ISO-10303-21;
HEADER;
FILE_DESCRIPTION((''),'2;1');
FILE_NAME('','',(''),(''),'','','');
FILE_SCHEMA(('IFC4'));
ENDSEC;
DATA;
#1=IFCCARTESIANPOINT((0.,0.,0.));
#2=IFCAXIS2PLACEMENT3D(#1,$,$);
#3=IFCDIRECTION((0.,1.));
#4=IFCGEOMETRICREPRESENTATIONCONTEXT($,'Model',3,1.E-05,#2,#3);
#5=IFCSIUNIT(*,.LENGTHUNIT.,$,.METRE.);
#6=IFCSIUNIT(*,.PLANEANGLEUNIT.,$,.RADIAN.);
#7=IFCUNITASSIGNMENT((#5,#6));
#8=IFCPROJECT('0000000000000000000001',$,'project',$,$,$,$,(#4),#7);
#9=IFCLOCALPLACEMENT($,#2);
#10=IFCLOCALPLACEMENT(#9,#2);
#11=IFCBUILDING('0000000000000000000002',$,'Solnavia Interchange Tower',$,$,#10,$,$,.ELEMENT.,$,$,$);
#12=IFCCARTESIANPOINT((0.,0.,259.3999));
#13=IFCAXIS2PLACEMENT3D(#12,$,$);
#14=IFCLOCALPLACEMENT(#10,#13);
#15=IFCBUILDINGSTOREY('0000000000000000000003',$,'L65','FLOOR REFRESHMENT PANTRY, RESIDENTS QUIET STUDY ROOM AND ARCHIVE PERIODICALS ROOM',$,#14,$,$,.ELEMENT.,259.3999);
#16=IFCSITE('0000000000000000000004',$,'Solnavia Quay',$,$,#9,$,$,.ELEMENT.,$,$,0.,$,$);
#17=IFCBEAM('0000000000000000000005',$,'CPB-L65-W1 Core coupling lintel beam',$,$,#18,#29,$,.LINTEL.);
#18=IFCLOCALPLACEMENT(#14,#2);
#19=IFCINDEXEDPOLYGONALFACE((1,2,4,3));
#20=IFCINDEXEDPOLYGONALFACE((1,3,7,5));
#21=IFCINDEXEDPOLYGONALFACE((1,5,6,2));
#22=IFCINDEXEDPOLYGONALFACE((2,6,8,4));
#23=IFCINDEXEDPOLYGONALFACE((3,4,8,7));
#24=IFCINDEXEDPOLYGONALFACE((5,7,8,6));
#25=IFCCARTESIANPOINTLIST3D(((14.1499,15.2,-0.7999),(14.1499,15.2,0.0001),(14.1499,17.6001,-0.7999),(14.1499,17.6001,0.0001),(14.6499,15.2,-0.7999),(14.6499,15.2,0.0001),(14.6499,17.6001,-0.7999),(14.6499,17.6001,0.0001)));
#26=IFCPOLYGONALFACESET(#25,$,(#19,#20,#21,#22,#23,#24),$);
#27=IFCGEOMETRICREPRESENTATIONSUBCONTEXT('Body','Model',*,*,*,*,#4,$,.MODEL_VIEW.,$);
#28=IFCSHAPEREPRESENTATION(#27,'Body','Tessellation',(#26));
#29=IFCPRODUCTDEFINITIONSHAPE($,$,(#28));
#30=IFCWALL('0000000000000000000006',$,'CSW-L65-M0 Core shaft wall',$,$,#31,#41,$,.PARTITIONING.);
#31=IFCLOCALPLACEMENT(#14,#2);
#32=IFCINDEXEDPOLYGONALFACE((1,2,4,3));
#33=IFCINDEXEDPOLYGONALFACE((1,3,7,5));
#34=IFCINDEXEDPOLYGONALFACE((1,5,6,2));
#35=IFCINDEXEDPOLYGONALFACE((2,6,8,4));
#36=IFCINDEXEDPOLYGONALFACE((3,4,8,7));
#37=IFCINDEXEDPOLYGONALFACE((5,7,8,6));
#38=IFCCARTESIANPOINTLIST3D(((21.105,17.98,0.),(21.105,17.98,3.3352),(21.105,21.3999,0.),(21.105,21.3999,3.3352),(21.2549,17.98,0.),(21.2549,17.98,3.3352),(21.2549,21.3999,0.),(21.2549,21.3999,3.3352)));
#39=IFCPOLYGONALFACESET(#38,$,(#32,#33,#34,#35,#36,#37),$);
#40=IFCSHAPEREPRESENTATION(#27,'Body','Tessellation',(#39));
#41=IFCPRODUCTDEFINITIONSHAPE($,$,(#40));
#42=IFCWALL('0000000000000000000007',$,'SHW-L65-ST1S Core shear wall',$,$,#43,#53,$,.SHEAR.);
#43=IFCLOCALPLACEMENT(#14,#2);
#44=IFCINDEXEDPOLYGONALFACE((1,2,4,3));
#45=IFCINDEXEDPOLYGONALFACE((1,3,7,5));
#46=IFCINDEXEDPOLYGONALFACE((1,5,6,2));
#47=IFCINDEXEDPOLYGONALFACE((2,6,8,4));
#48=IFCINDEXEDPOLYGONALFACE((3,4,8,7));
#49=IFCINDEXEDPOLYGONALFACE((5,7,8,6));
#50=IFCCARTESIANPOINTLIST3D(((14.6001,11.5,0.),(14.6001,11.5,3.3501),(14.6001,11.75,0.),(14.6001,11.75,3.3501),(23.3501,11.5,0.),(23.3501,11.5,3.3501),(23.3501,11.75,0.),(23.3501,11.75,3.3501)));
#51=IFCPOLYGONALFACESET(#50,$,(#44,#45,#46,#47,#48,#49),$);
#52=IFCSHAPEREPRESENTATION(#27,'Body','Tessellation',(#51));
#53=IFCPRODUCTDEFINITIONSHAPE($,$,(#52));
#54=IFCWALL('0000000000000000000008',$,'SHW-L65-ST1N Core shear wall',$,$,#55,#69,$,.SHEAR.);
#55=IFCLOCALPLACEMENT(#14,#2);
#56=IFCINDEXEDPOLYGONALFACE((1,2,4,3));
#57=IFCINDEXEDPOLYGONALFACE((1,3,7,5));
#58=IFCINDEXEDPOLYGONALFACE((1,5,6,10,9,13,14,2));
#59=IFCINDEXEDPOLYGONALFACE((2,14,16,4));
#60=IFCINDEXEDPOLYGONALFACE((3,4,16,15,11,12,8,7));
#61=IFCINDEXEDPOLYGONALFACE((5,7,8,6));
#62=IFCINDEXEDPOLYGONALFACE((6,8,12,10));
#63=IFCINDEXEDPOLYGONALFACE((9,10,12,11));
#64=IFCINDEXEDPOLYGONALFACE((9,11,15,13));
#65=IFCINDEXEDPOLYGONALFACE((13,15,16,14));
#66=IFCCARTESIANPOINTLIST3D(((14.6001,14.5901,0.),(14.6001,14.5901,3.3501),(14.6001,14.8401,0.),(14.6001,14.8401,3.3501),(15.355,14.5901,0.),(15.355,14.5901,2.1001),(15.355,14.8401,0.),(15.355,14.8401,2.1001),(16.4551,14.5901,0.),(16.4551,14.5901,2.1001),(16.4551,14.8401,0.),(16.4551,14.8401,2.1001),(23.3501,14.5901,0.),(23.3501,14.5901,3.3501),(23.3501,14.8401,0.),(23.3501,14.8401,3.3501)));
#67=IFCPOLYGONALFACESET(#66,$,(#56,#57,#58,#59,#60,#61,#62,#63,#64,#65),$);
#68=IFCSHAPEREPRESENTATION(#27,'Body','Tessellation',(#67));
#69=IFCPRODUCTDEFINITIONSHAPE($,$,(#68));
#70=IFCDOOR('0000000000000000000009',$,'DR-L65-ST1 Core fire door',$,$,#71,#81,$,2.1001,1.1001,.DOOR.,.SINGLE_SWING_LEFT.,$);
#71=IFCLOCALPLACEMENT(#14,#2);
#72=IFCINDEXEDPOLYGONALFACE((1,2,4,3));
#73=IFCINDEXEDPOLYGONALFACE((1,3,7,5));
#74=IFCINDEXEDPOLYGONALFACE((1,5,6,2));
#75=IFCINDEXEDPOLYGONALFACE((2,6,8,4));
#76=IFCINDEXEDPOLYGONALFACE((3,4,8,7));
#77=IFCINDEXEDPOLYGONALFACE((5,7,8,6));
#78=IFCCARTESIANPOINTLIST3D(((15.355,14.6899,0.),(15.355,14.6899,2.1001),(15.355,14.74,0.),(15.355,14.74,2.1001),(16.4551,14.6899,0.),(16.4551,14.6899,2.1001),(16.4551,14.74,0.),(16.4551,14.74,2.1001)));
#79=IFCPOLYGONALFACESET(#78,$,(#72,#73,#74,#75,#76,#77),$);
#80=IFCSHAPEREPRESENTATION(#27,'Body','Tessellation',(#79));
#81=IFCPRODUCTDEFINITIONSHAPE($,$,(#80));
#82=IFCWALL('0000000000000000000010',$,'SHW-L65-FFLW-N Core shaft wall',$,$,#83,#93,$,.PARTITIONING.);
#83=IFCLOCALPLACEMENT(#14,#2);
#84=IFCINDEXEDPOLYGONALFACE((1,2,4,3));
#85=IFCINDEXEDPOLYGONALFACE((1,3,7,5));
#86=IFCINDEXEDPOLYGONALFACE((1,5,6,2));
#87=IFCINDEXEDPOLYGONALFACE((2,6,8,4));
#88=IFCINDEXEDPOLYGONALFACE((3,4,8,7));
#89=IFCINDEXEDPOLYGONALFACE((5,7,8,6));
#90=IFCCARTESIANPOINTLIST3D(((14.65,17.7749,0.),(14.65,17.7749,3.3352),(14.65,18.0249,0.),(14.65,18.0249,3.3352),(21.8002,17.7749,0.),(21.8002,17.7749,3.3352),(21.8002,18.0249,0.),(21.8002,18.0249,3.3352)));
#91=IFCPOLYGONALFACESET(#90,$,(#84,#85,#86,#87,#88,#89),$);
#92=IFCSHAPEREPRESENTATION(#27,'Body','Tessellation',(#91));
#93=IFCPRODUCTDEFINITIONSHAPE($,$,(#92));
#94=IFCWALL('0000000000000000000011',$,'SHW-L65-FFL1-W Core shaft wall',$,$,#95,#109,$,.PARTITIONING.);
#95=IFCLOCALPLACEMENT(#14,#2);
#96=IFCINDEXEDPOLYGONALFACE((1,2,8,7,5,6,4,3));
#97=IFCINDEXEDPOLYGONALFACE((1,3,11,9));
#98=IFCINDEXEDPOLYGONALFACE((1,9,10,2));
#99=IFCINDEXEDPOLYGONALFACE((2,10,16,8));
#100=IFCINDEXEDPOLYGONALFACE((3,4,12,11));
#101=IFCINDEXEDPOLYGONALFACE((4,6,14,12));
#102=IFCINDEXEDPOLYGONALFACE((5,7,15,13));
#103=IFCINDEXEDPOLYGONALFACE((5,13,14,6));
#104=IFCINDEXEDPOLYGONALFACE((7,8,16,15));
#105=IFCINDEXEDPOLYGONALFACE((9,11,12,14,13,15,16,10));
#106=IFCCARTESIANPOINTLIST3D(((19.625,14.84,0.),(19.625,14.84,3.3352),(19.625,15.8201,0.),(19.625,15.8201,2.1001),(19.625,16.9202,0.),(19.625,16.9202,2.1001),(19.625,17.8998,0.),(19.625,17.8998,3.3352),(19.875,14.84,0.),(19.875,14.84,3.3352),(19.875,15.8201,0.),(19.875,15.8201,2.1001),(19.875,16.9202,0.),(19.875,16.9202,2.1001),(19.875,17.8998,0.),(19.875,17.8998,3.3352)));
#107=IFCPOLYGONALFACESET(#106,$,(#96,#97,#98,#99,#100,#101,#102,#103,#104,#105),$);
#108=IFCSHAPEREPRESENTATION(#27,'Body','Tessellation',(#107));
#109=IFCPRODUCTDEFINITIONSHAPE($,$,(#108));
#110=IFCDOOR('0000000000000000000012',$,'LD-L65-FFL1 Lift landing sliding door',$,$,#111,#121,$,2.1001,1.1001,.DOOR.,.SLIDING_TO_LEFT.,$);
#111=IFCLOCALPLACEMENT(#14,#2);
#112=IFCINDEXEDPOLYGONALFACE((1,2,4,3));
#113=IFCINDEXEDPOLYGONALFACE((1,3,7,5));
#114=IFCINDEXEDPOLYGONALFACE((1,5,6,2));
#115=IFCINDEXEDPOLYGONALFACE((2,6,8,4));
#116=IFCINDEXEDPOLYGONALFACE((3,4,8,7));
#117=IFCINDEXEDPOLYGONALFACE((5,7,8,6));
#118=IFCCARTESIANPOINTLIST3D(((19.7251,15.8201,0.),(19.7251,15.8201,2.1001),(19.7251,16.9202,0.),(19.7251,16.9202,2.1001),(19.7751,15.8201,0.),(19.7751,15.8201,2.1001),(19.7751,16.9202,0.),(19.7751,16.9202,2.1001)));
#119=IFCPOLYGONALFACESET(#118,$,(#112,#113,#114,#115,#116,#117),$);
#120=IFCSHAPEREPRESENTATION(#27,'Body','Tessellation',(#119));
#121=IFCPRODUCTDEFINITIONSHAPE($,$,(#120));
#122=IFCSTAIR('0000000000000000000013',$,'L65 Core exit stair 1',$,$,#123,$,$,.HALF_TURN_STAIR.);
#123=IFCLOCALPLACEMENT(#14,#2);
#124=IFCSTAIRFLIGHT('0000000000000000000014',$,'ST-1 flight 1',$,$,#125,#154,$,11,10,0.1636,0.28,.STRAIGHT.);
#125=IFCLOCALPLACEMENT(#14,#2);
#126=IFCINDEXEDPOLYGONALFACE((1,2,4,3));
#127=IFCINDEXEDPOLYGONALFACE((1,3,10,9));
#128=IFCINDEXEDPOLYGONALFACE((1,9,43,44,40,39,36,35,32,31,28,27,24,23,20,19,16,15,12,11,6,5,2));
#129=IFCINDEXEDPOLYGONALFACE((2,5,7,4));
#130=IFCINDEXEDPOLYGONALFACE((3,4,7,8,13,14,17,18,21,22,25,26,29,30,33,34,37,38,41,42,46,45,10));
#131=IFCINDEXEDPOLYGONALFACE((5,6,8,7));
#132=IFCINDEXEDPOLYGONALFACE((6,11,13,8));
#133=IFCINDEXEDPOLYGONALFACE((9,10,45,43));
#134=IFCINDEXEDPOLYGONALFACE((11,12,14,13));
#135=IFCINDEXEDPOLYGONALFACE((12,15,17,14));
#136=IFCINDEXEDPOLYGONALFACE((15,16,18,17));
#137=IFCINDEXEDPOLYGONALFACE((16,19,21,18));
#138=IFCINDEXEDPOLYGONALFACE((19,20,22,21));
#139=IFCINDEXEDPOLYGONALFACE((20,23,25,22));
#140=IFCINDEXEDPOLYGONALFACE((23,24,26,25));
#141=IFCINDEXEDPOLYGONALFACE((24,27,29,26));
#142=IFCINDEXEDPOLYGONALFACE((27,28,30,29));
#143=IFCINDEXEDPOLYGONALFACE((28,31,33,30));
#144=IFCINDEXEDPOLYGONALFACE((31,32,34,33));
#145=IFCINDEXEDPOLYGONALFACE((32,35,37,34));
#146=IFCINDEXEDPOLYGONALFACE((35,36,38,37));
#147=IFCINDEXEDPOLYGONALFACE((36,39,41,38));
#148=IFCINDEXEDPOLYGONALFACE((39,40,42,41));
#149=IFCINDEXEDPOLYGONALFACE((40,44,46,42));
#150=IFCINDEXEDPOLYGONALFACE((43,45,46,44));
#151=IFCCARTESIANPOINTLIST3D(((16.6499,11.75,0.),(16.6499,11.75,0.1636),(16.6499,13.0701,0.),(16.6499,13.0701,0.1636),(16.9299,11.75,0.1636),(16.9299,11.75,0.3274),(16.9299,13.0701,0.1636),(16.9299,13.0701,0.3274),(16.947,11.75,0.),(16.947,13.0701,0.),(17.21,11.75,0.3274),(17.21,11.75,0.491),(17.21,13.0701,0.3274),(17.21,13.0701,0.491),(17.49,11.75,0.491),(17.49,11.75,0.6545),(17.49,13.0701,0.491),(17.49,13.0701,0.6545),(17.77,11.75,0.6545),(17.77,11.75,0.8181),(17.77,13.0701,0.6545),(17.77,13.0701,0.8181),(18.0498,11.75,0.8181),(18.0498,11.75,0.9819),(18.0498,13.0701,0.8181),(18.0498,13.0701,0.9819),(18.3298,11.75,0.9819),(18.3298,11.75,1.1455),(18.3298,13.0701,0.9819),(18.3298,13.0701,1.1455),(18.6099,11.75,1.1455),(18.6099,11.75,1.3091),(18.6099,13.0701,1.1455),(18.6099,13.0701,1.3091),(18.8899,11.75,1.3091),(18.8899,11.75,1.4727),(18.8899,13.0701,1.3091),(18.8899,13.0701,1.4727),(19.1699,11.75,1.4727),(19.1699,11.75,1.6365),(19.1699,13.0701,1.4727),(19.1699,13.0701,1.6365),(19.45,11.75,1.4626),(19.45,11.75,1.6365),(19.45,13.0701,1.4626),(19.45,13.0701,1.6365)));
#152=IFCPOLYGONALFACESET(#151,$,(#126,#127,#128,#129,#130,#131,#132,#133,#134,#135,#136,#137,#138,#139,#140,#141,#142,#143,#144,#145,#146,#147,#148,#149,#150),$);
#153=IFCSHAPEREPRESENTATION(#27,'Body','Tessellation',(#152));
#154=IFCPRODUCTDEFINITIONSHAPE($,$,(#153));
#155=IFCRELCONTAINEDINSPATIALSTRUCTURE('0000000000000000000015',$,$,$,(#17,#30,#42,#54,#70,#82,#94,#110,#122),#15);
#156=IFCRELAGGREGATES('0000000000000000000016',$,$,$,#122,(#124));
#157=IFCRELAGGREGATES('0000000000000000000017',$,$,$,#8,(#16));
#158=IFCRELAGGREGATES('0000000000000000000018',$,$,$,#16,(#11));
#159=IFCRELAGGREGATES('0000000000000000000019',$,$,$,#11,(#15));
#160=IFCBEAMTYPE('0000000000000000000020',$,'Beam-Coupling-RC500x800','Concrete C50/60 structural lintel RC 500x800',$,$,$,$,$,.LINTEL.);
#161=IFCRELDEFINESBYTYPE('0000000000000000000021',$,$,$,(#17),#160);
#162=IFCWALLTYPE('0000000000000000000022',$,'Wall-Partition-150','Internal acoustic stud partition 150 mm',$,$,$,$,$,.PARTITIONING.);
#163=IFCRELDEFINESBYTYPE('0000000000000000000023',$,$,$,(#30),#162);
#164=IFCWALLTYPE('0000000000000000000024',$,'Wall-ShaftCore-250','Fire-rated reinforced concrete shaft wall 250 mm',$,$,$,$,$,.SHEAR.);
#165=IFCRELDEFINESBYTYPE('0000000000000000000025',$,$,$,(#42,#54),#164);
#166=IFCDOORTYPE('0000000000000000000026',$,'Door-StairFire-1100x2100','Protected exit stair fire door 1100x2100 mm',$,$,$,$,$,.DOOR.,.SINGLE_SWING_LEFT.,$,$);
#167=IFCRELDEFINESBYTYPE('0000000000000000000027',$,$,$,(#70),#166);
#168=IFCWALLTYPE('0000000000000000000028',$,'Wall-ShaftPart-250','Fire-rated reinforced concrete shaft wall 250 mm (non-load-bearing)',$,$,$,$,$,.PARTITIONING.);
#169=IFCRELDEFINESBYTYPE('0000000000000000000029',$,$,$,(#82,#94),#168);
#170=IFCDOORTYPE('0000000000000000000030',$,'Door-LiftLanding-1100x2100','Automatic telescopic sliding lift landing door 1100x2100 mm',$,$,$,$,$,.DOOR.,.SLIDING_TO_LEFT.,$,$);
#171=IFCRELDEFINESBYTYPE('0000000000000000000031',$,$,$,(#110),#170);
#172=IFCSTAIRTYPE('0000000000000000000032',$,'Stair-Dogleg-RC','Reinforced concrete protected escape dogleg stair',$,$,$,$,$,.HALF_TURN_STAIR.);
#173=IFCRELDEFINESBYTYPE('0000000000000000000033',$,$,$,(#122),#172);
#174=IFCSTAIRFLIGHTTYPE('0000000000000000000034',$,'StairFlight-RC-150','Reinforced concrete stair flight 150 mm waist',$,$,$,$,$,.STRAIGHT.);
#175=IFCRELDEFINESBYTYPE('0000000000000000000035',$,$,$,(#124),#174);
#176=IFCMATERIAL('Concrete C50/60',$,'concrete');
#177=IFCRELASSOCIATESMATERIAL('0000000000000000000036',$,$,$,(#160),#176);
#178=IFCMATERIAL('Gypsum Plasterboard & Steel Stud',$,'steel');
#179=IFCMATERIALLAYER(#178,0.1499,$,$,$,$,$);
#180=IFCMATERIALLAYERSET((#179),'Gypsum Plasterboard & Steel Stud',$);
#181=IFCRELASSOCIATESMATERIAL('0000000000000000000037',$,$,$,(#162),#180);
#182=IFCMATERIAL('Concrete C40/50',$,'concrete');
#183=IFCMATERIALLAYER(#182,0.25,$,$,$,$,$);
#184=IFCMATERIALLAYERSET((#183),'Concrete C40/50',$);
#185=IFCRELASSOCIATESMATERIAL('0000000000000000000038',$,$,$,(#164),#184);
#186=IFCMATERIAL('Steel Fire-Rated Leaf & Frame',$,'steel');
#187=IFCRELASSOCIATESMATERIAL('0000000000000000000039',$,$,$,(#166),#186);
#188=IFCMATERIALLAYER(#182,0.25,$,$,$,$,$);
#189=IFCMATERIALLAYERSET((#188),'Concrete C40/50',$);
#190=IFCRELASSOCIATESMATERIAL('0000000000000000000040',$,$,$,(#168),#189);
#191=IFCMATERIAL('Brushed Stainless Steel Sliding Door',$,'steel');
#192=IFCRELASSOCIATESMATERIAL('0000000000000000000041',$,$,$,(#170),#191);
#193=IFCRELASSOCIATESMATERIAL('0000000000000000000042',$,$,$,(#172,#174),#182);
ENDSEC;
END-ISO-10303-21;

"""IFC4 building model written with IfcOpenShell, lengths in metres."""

from ifc_helpers import new_model, si_unit, direction, frame, frame_2d, origin, origin_2d, place, context, subcontext, project, spatial, polyline, rectangle, outline, extrude, material, layer, layer_set, material_profile, profile_set, type_object, element, fill, aggregate, save


model = new_model("IFC4")

# Units and contexts
model_context = context("Model", 3, precision=1e-05, world=origin(), true_north=direction((0.0, 1.0)))
body_context = subcontext(model_context, "Body", "Model", "MODEL_VIEW")
ifc_project = project(units=[si_unit("LENGTHUNIT", "METRE"), si_unit("PLANEANGLEUNIT", "RADIAN")], contexts=[model_context])

# Site, building, storey
site_placement = place(None, origin())
site = spatial("IfcSite", under=ifc_project, at=site_placement, Name="Solnavia Quay", CompositionType="ELEMENT", RefElevation=0.0)
building_placement = place(site_placement, origin())
building = spatial("IfcBuilding", under=site, at=building_placement, Name="Solnavia Interchange Tower", CompositionType="ELEMENT")
storey_placement = place(building_placement, frame((0.0, 0.0, 259.3999)))
storey = spatial("IfcBuildingStorey", under=building, at=storey_placement, Name="L65", Description="FLOOR REFRESHMENT PANTRY, RESIDENTS QUIET STUDY ROOM AND ARCHIVE PERIODICALS ROOM", CompositionType="ELEMENT", Elevation=259.3999)

# Beam
ifc_material_1 = material(Name="Concrete C50/60", Category="concrete")
ifc_material_profile = material_profile(ifc_material_1, rectangle(XDim=0.5, YDim=0.8, at=origin_2d()), Name="RC 500x800")
ifc_profile_set = profile_set([ifc_material_profile], Name="Concrete C50/60")
beam_type = type_object("IfcBeamType", Name="Beam-Coupling-RC500x800", Description="Concrete C50/60 structural lintel RC 500x800", PredefinedType="LINTEL", material=ifc_profile_set)
beam_placement = place(storey_placement, frame((14.3999, 15.2, -0.3999), z_axis=(0.0, 1.0, 0.0), x_axis=(-1.0, 0.0, 0.0)))
element("IfcBeam", 1, at=beam_placement, inside=storey, type_object=beam_type, Name="CPB-L65-W1 Core coupling lintel beam", PredefinedType="LINTEL", context=body_context, shape_type="SweptSolid", body=[
    extrude(rectangle(XDim=0.5, YDim=0.8, at=origin_2d()), origin(), (0.0, 0.0, 1.0), 2.4001),
])

# Walls
ifc_material_2 = material(Name="Gypsum Plasterboard & Steel Stud", Category="steel")
ifc_layer_1 = layer(ifc_material_2, 0.1499)
ifc_layer_set_1 = layer_set([ifc_layer_1], Name="Gypsum Plasterboard & Steel Stud")
wall_type_1 = type_object("IfcWallType", Name="Wall-Partition-150", Description="Internal acoustic stud partition 150 mm", PredefinedType="PARTITIONING", material=ifc_layer_set_1)
wall_1_placement = place(storey_placement, frame((21.1799, 17.98, 0.0), z_axis=(0.0, 0.0, 1.0), x_axis=(0.0, 1.0, 0.0)))
element("IfcWall", 2, at=wall_1_placement, inside=storey, type_object=wall_type_1, Name="CSW-L65-M0 Core shaft wall", PredefinedType="PARTITIONING", context=body_context, shape_type="SweptSolid", body=[
    extrude(rectangle(XDim=3.4199, YDim=0.1499, at=frame_2d((1.71, 0.0))), origin(), (0.0, 0.0, 1.0), 3.3352),
])
ifc_material_3 = material(Name="Concrete C40/50", Category="concrete")
ifc_layer_2 = layer(ifc_material_3, 0.25)
ifc_layer_set_2 = layer_set([ifc_layer_2], Name="Concrete C40/50")
wall_type_2 = type_object("IfcWallType", Name="Wall-ShaftCore-250", Description="Fire-rated reinforced concrete shaft wall 250 mm", PredefinedType="SHEAR", material=ifc_layer_set_2)
wall_2_placement = place(storey_placement, frame((14.6001, 11.625, 0.0), z_axis=(0.0, 0.0, 1.0), x_axis=(1.0, 0.0, 0.0)))
element("IfcWall", 3, at=wall_2_placement, inside=storey, type_object=wall_type_2, Name="SHW-L65-ST1S Core shear wall", PredefinedType="SHEAR", context=body_context, shape_type="SweptSolid", body=[
    extrude(rectangle(XDim=8.75, YDim=0.25, at=frame_2d((4.375, 0.0))), origin(), (0.0, 0.0, 1.0), 3.3501),
])

# Wall, opening, door
wall_3_placement = place(storey_placement, frame((14.6001, 14.7151, 0.0), z_axis=(0.0, 0.0, 1.0), x_axis=(1.0, 0.0, 0.0)))
wall_3 = element("IfcWall", 4, at=wall_3_placement, inside=storey, type_object=wall_type_2, Name="SHW-L65-ST1N Core shear wall", PredefinedType="SHEAR", context=body_context, shape_type="SweptSolid", body=[
    extrude(rectangle(XDim=8.75, YDim=0.25, at=frame_2d((4.375, 0.0))), origin(), (0.0, 0.0, 1.0), 3.3501),
])
opening_1_placement = place(wall_3_placement, frame((0.7549, 0.0, 0.0)))
opening_1 = element("IfcOpeningElement", 5, at=opening_1_placement, cuts=wall_3, PredefinedType="OPENING", context=body_context, shape_type="SweptSolid", body=[
    extrude(rectangle(XDim=1.1001, YDim=2.1001, at=frame_2d((0.55, 1.05))), frame((0.0, 0.135, 0.0), z_axis=(0.0, -1.0, 0.0), x_axis=(1.0, 0.0, 0.0)), (0.0, 0.0, 1.0), 0.27),
])
ifc_material_4 = material(Name="Steel Fire-Rated Leaf & Frame", Category="steel")
door_type_1 = type_object("IfcDoorType", Name="Door-StairFire-1100x2100", Description="Protected exit stair fire door 1100x2100 mm", OperationType="SINGLE_SWING_LEFT", PredefinedType="DOOR", material=ifc_material_4)
door_1_placement = place(opening_1_placement, origin())
door_1 = element("IfcDoor", 6, at=door_1_placement, inside=storey, type_object=door_type_1, Name="DR-L65-ST1 Core fire door", OperationType="SINGLE_SWING_LEFT", OverallHeight=2.1001, OverallWidth=1.1001, PredefinedType="DOOR", context=body_context, shape_type="SweptSolid", body=[
    extrude(rectangle(XDim=1.1001, YDim=2.1001, at=frame_2d((0.55, 1.05))), frame((0.0, 0.0249, 0.0), z_axis=(0.0, -1.0, 0.0), x_axis=(1.0, 0.0, 0.0)), (0.0, 0.0, 1.0), 0.05),
])
fill(opening_1, door_1)

# Wall
ifc_layer_3 = layer(ifc_material_3, 0.25)
ifc_layer_set_3 = layer_set([ifc_layer_3], Name="Concrete C40/50")
wall_type_3 = type_object("IfcWallType", Name="Wall-ShaftPart-250", Description="Fire-rated reinforced concrete shaft wall 250 mm (non-load-bearing)", PredefinedType="PARTITIONING", material=ifc_layer_set_3)
wall_4_placement = place(storey_placement, frame((14.6499, 17.8999, 0.0), z_axis=(0.0, 0.0, 1.0), x_axis=(1.0, 0.0, 0.0)))
element("IfcWall", 7, at=wall_4_placement, inside=storey, type_object=wall_type_3, Name="SHW-L65-FFLW-N Core shaft wall", PredefinedType="PARTITIONING", context=body_context, shape_type="SweptSolid", body=[
    extrude(rectangle(XDim=7.1501, YDim=0.25, at=frame_2d((3.5752, 0.0))), origin(), (0.0, 0.0, 1.0), 3.3352),
])

# Wall, opening, door
wall_5_placement = place(storey_placement, frame((19.75, 14.8401, 0.0), z_axis=(0.0, 0.0, 1.0), x_axis=(0.0, 1.0, 0.0)))
wall_5 = element("IfcWall", 8, at=wall_5_placement, inside=storey, type_object=wall_type_3, Name="SHW-L65-FFL1-W Core shaft wall", PredefinedType="PARTITIONING", context=body_context, shape_type="SweptSolid", body=[
    extrude(rectangle(XDim=3.0598, YDim=0.25, at=frame_2d((1.5298, 0.0))), origin(), (0.0, 0.0, 1.0), 3.3352),
])
opening_2_placement = place(wall_5_placement, frame((0.98, 0.0, 0.0)))
opening_2 = element("IfcOpeningElement", 9, at=opening_2_placement, cuts=wall_5, PredefinedType="OPENING", context=body_context, shape_type="SweptSolid", body=[
    extrude(rectangle(XDim=1.1001, YDim=2.1001, at=frame_2d((0.55, 1.05))), frame((0.0, 0.135, 0.0), z_axis=(0.0, -1.0, 0.0), x_axis=(1.0, 0.0, 0.0)), (0.0, 0.0, 1.0), 0.27),
])
ifc_material_5 = material(Name="Brushed Stainless Steel Sliding Door", Category="steel")
door_type_2 = type_object("IfcDoorType", Name="Door-LiftLanding-1100x2100", Description="Automatic telescopic sliding lift landing door 1100x2100 mm", OperationType="SLIDING_TO_LEFT", PredefinedType="DOOR", material=ifc_material_5)
door_2_placement = place(opening_2_placement, origin())
door_2 = element("IfcDoor", 10, at=door_2_placement, inside=storey, type_object=door_type_2, Name="LD-L65-FFL1 Lift landing sliding door", OperationType="SLIDING_TO_LEFT", OverallHeight=2.1001, OverallWidth=1.1001, PredefinedType="DOOR", context=body_context, shape_type="SweptSolid", body=[
    extrude(rectangle(XDim=1.1001, YDim=2.1001, at=frame_2d((0.55, 1.05))), frame((0.0, 0.0249, 0.0), z_axis=(0.0, -1.0, 0.0), x_axis=(1.0, 0.0, 0.0)), (0.0, 0.0, 1.0), 0.05),
])
fill(opening_2, door_2)

# Stair, stair flight
stair_type = type_object("IfcStairType", Name="Stair-Dogleg-RC", Description="Reinforced concrete protected escape dogleg stair", PredefinedType="HALF_TURN_STAIR", material=ifc_material_3)
stair_placement = place(storey_placement, origin())
stair = element("IfcStair", 11, at=stair_placement, inside=storey, type_object=stair_type, Name="L65 Core exit stair 1", PredefinedType="HALF_TURN_STAIR")
stair_flight_type = type_object("IfcStairFlightType", Name="StairFlight-RC-150", Description="Reinforced concrete stair flight 150 mm waist", PredefinedType="STRAIGHT", material=ifc_material_3)
stair_flight_1_placement = place(storey_placement, frame((16.6499, 12.4099, 0.0), z_axis=(0.0, 0.0, 1.0), x_axis=(1.0, 0.0, 0.0)))
stair_flight_1 = element("IfcStairFlight", 12, at=stair_flight_1_placement, type_object=stair_flight_type, Name="ST-1 flight 1", NumberOfRisers=11, NumberOfTreads=10, PredefinedType="STRAIGHT", RiserHeight=0.1636, TreadLength=0.28, context=body_context, shape_type="SweptSolid", body=[
    extrude(outline(polyline([(0.0, 0.0), (0.0, 0.1636), (0.28, 0.1636), (0.28, 0.3274), (0.5601, 0.3274), (0.5601, 0.491), (0.8401, 0.491), (0.8401, 0.6545), (1.1201, 0.6545), (1.1201, 0.8181), (1.3999, 0.8181), (1.3999, 0.9819), (1.6799, 0.9819), (1.6799, 1.1455), (1.96, 1.1455), (1.96, 1.3091), (2.24, 1.3091), (2.24, 1.4727), (2.52, 1.4727), (2.52, 1.6365), (2.8, 1.6365), (2.8, 1.8), (2.8, 1.4626), (0.2971, 0.0), (0.0, 0.0)])), frame((0.0, 0.6602, 0.0), z_axis=(0.0, -1.0, 0.0), x_axis=(1.0, 0.0, 0.0)), (0.0, 0.0, 1.0), 1.3201),
])
aggregate(stair, [stair_flight_1])

save(model, "model.ifc")
